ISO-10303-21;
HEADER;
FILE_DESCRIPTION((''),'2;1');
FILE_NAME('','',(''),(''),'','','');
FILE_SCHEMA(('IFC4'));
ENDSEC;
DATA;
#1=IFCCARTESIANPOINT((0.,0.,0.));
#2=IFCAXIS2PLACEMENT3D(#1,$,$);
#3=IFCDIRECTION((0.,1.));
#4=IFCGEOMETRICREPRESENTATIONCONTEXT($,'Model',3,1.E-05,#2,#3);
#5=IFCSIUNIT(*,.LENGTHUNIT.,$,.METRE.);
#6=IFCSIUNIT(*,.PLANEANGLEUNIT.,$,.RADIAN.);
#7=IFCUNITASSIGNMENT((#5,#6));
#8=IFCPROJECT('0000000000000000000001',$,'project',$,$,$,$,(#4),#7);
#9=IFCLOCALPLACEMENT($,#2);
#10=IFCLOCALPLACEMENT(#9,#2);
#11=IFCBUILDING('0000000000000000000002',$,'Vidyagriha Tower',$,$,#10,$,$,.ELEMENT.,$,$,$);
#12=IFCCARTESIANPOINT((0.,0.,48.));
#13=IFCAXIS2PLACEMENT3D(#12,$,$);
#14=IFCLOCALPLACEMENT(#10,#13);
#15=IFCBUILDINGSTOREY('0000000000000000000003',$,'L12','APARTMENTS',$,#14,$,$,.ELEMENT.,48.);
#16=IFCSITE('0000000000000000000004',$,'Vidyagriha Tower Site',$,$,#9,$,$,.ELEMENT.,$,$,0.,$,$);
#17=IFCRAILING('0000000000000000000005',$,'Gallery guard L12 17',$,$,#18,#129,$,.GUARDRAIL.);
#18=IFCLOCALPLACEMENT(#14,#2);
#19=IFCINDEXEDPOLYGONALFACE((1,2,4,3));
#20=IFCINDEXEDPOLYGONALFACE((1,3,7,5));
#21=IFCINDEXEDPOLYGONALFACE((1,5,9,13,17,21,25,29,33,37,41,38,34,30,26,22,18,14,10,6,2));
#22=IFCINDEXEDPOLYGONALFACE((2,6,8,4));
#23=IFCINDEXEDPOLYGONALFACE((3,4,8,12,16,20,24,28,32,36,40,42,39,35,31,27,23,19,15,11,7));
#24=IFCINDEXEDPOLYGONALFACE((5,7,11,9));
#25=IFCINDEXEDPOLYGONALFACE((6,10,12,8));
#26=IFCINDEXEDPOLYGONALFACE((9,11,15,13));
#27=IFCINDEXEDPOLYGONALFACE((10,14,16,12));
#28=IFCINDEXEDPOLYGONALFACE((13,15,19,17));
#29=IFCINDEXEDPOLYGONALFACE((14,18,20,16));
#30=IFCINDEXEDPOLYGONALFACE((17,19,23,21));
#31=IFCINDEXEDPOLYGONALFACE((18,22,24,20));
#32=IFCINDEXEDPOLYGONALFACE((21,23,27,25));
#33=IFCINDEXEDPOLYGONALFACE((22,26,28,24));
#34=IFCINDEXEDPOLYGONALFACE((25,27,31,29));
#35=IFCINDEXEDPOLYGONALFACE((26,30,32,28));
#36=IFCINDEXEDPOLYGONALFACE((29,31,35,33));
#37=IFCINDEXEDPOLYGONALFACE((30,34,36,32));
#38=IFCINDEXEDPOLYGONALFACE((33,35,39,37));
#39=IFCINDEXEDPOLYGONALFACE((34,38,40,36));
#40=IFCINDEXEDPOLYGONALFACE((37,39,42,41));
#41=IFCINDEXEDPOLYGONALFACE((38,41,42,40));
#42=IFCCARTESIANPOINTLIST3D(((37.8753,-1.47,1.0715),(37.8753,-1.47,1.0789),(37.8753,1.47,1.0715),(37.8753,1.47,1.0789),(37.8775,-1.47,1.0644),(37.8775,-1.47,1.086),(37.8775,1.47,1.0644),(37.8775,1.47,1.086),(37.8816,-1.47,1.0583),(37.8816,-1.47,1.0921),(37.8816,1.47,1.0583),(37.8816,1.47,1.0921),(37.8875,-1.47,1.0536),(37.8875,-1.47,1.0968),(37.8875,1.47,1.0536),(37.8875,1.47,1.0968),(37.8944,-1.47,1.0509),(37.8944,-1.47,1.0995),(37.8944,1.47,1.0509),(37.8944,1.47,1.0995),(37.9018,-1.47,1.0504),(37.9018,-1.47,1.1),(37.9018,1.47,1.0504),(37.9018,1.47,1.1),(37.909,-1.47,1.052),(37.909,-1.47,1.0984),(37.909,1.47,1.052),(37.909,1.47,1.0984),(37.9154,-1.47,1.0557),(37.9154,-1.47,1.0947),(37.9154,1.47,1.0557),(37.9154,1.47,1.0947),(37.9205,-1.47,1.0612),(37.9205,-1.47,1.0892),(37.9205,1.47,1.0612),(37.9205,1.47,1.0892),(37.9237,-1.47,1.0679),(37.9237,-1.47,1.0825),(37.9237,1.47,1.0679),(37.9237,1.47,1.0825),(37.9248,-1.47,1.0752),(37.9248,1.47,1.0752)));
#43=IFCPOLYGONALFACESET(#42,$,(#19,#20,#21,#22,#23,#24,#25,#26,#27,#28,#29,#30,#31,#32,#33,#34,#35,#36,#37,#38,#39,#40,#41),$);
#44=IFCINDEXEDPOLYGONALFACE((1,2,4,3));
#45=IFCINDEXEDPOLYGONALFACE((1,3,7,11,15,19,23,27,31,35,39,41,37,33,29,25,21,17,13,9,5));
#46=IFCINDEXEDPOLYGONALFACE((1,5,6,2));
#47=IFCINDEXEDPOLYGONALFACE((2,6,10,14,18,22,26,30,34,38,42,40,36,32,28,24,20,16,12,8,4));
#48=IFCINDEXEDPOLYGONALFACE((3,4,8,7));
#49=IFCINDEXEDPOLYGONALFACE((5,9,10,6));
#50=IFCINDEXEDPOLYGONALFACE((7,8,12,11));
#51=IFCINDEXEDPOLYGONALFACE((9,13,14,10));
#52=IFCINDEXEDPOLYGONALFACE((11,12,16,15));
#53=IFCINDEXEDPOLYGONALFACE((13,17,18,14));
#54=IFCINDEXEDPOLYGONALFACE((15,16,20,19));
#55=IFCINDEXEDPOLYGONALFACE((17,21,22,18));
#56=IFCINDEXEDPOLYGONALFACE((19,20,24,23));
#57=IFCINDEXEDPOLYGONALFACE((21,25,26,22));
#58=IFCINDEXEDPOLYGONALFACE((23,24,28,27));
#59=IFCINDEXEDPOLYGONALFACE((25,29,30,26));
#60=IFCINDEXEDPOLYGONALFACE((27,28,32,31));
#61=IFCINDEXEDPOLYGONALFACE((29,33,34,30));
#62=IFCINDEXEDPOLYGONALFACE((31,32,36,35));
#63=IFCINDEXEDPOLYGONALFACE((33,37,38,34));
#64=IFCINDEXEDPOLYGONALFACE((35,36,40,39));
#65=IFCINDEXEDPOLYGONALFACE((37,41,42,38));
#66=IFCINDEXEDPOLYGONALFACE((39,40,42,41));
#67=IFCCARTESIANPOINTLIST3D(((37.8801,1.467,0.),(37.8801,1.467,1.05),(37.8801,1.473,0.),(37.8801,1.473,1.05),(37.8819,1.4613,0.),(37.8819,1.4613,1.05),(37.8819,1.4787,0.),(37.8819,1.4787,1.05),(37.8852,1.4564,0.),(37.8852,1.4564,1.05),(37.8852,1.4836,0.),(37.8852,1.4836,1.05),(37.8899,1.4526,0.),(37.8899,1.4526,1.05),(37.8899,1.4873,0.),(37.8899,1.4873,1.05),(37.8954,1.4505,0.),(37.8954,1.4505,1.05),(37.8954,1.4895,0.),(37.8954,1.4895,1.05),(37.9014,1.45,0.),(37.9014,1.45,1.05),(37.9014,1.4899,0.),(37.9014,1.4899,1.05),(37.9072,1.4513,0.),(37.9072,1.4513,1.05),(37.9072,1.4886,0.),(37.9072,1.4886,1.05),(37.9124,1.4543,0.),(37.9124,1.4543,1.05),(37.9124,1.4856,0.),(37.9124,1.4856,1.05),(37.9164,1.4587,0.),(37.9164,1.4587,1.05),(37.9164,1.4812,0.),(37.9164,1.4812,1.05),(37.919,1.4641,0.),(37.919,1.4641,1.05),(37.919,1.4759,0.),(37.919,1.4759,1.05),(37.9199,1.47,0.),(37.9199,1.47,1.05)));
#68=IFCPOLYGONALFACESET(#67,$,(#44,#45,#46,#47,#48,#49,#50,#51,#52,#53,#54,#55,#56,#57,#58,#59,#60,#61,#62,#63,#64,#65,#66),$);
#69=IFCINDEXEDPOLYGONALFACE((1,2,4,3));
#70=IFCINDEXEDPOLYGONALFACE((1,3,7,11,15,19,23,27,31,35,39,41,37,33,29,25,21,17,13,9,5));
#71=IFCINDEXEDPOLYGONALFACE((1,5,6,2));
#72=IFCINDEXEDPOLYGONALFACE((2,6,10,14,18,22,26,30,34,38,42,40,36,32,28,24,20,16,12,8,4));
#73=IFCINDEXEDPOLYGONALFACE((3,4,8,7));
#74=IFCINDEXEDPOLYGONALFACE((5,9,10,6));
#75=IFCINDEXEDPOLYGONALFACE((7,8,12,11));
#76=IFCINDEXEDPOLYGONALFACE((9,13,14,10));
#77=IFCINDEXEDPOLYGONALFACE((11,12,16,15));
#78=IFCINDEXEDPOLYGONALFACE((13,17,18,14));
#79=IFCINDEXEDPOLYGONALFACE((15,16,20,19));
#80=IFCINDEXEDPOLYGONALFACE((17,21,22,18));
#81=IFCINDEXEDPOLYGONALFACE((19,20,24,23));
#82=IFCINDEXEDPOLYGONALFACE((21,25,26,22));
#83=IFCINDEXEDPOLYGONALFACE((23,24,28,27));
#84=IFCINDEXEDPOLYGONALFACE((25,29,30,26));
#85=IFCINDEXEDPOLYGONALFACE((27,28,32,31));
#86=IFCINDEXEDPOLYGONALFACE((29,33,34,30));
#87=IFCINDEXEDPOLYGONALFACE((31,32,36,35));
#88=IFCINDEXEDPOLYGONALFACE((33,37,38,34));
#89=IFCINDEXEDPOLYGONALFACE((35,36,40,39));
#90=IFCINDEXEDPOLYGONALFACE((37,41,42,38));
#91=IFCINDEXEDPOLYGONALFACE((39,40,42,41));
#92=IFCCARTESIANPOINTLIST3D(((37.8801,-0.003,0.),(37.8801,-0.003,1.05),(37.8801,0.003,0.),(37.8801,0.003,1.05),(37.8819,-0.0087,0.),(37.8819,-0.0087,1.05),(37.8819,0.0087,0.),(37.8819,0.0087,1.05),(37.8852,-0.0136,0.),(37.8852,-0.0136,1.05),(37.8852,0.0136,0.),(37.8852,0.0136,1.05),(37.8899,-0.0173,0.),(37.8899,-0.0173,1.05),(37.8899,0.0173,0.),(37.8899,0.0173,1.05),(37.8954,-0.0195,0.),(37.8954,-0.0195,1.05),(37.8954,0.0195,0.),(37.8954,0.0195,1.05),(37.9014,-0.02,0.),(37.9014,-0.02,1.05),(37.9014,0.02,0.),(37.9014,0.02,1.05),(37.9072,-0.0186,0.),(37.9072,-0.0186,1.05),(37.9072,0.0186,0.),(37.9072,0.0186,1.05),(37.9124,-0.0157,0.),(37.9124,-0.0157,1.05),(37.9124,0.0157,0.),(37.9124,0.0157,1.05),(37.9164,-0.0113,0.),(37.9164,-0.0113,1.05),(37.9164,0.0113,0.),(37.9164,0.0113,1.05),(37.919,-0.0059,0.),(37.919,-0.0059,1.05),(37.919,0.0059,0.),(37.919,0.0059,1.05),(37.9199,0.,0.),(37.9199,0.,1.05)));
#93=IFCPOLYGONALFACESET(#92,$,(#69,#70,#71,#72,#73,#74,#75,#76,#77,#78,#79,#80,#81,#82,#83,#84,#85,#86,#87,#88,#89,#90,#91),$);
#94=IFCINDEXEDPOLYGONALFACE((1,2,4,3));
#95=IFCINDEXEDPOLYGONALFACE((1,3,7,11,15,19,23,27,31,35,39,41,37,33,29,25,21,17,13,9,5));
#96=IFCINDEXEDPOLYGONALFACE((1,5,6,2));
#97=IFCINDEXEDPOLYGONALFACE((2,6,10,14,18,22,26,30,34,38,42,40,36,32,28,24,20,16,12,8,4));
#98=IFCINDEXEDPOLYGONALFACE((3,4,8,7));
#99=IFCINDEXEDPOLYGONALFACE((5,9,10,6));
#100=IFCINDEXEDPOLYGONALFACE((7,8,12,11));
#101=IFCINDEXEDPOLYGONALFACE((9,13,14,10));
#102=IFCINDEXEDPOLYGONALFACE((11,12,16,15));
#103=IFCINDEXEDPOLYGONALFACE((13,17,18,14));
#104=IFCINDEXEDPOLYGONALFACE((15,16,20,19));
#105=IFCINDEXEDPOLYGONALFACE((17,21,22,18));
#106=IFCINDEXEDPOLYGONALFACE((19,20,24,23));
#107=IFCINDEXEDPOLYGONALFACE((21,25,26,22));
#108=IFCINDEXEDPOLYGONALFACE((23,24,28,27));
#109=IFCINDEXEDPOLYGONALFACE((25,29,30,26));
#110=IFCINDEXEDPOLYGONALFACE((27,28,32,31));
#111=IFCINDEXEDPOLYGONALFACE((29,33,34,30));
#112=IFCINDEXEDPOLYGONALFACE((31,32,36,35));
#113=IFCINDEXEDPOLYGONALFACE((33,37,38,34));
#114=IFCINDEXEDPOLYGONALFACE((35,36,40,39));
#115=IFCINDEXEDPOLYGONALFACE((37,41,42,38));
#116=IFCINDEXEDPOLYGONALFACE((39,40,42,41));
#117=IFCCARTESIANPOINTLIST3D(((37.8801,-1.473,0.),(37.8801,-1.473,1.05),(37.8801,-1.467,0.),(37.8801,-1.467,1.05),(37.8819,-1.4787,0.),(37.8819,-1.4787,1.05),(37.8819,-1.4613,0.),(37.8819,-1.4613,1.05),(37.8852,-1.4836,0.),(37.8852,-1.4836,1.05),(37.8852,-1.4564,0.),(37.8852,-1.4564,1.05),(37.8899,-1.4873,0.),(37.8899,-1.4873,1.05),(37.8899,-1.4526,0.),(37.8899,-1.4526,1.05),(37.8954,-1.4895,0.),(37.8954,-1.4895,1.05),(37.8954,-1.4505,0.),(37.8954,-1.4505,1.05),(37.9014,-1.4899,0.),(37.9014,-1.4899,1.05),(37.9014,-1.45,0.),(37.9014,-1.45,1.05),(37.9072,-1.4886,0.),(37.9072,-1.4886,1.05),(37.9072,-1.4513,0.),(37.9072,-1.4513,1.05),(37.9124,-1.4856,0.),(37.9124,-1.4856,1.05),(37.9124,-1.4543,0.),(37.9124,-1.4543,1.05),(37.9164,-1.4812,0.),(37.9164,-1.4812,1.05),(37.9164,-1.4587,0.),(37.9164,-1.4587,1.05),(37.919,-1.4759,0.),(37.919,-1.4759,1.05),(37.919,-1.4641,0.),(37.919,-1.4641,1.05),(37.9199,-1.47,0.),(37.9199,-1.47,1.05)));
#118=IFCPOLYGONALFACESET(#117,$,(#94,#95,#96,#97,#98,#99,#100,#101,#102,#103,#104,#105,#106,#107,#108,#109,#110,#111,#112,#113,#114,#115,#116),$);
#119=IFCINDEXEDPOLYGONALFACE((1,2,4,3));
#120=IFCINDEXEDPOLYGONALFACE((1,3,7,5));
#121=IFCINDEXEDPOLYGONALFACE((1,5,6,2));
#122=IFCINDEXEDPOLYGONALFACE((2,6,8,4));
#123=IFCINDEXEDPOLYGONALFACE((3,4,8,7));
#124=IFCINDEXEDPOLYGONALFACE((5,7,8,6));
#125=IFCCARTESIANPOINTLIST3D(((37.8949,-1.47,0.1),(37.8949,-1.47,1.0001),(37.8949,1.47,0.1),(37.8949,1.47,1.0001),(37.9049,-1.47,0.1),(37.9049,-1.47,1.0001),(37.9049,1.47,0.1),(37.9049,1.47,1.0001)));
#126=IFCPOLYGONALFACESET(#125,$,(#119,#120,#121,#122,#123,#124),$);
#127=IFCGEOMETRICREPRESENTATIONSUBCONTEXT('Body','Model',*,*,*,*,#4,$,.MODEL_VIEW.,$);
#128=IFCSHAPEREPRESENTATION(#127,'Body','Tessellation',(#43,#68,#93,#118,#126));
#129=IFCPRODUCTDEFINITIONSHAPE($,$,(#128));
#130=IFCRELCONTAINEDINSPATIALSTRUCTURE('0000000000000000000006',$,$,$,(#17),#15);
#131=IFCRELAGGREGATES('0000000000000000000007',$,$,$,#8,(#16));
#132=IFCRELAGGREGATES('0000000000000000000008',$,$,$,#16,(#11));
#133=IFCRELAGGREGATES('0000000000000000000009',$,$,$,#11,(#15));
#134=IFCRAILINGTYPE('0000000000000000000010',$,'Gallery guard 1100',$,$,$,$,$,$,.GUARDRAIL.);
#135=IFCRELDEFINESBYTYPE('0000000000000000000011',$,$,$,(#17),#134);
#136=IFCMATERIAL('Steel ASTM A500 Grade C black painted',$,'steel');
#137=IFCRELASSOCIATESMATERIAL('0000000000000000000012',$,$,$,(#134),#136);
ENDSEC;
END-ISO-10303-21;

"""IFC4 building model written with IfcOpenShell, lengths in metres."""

from ifc_helpers import new_model, si_unit, direction, frame, origin, origin_2d, place, context, subcontext, project, spatial, rectangle, circle, extrude, material, type_object, element, save


model = new_model("IFC4")

# Units and contexts
model_context = context("Model", 3, precision=1e-05, world=origin(), true_north=direction((0.0, 1.0)))
body_context = subcontext(model_context, "Body", "Model", "MODEL_VIEW")
ifc_project = project(units=[si_unit("LENGTHUNIT", "METRE"), si_unit("PLANEANGLEUNIT", "RADIAN")], contexts=[model_context])

# Site, building, storey
site_placement = place(None, origin())
site = spatial("IfcSite", under=ifc_project, at=site_placement, Name="Vidyagriha Tower Site", CompositionType="ELEMENT", RefElevation=0.0)
building_placement = place(site_placement, origin())
building = spatial("IfcBuilding", under=site, at=building_placement, Name="Vidyagriha Tower", CompositionType="ELEMENT")
storey_placement = place(building_placement, frame((0.0, 0.0, 48.0)))
storey = spatial("IfcBuildingStorey", under=building, at=storey_placement, Name="L12", Description="APARTMENTS", CompositionType="ELEMENT", Elevation=48.0)

# Railing
ifc_material_1 = material(Name="Steel ASTM A500 Grade C black painted", Category="steel")
railing_type_1 = type_object("IfcRailingType", Name="Gallery guard 1100", PredefinedType="GUARDRAIL", material=ifc_material_1)
railing_1_placement = place(storey_placement, frame((37.8999, 1.47, 0.0)))
element("IfcRailing", 1, at=railing_1_placement, inside=storey, type_object=railing_type_1, Name="Gallery guard L12 17", PredefinedType="GUARDRAIL", context=body_context, shape_type="SweptSolid", body=[
    extrude(circle(Radius=0.0249, at=origin_2d()), frame((0.0, 0.0, 1.0752), z_axis=(0.0, -1.0, 0.0), x_axis=(1.0, 0.0, 0.0)), (0.0, 0.0, 1.0), 2.9399),
    extrude(circle(Radius=0.02, at=origin_2d()), origin(), (0.0, 0.0, 1.0), 1.05),
    extrude(circle(Radius=0.02, at=origin_2d()), frame((0.0, -1.47, 0.0)), (0.0, 0.0, 1.0), 1.05),
    extrude(circle(Radius=0.02, at=origin_2d()), frame((0.0, -2.9399, 0.0)), (0.0, 0.0, 1.0), 1.05),
    extrude(rectangle(XDim=0.01, YDim=0.9001, at=origin_2d()), frame((0.0, 0.0, 0.55), z_axis=(0.0, -1.0, 0.0), x_axis=(1.0, 0.0, 0.0)), (0.0, 0.0, 1.0), 2.9399),
])

save(model, "model.ifc")
